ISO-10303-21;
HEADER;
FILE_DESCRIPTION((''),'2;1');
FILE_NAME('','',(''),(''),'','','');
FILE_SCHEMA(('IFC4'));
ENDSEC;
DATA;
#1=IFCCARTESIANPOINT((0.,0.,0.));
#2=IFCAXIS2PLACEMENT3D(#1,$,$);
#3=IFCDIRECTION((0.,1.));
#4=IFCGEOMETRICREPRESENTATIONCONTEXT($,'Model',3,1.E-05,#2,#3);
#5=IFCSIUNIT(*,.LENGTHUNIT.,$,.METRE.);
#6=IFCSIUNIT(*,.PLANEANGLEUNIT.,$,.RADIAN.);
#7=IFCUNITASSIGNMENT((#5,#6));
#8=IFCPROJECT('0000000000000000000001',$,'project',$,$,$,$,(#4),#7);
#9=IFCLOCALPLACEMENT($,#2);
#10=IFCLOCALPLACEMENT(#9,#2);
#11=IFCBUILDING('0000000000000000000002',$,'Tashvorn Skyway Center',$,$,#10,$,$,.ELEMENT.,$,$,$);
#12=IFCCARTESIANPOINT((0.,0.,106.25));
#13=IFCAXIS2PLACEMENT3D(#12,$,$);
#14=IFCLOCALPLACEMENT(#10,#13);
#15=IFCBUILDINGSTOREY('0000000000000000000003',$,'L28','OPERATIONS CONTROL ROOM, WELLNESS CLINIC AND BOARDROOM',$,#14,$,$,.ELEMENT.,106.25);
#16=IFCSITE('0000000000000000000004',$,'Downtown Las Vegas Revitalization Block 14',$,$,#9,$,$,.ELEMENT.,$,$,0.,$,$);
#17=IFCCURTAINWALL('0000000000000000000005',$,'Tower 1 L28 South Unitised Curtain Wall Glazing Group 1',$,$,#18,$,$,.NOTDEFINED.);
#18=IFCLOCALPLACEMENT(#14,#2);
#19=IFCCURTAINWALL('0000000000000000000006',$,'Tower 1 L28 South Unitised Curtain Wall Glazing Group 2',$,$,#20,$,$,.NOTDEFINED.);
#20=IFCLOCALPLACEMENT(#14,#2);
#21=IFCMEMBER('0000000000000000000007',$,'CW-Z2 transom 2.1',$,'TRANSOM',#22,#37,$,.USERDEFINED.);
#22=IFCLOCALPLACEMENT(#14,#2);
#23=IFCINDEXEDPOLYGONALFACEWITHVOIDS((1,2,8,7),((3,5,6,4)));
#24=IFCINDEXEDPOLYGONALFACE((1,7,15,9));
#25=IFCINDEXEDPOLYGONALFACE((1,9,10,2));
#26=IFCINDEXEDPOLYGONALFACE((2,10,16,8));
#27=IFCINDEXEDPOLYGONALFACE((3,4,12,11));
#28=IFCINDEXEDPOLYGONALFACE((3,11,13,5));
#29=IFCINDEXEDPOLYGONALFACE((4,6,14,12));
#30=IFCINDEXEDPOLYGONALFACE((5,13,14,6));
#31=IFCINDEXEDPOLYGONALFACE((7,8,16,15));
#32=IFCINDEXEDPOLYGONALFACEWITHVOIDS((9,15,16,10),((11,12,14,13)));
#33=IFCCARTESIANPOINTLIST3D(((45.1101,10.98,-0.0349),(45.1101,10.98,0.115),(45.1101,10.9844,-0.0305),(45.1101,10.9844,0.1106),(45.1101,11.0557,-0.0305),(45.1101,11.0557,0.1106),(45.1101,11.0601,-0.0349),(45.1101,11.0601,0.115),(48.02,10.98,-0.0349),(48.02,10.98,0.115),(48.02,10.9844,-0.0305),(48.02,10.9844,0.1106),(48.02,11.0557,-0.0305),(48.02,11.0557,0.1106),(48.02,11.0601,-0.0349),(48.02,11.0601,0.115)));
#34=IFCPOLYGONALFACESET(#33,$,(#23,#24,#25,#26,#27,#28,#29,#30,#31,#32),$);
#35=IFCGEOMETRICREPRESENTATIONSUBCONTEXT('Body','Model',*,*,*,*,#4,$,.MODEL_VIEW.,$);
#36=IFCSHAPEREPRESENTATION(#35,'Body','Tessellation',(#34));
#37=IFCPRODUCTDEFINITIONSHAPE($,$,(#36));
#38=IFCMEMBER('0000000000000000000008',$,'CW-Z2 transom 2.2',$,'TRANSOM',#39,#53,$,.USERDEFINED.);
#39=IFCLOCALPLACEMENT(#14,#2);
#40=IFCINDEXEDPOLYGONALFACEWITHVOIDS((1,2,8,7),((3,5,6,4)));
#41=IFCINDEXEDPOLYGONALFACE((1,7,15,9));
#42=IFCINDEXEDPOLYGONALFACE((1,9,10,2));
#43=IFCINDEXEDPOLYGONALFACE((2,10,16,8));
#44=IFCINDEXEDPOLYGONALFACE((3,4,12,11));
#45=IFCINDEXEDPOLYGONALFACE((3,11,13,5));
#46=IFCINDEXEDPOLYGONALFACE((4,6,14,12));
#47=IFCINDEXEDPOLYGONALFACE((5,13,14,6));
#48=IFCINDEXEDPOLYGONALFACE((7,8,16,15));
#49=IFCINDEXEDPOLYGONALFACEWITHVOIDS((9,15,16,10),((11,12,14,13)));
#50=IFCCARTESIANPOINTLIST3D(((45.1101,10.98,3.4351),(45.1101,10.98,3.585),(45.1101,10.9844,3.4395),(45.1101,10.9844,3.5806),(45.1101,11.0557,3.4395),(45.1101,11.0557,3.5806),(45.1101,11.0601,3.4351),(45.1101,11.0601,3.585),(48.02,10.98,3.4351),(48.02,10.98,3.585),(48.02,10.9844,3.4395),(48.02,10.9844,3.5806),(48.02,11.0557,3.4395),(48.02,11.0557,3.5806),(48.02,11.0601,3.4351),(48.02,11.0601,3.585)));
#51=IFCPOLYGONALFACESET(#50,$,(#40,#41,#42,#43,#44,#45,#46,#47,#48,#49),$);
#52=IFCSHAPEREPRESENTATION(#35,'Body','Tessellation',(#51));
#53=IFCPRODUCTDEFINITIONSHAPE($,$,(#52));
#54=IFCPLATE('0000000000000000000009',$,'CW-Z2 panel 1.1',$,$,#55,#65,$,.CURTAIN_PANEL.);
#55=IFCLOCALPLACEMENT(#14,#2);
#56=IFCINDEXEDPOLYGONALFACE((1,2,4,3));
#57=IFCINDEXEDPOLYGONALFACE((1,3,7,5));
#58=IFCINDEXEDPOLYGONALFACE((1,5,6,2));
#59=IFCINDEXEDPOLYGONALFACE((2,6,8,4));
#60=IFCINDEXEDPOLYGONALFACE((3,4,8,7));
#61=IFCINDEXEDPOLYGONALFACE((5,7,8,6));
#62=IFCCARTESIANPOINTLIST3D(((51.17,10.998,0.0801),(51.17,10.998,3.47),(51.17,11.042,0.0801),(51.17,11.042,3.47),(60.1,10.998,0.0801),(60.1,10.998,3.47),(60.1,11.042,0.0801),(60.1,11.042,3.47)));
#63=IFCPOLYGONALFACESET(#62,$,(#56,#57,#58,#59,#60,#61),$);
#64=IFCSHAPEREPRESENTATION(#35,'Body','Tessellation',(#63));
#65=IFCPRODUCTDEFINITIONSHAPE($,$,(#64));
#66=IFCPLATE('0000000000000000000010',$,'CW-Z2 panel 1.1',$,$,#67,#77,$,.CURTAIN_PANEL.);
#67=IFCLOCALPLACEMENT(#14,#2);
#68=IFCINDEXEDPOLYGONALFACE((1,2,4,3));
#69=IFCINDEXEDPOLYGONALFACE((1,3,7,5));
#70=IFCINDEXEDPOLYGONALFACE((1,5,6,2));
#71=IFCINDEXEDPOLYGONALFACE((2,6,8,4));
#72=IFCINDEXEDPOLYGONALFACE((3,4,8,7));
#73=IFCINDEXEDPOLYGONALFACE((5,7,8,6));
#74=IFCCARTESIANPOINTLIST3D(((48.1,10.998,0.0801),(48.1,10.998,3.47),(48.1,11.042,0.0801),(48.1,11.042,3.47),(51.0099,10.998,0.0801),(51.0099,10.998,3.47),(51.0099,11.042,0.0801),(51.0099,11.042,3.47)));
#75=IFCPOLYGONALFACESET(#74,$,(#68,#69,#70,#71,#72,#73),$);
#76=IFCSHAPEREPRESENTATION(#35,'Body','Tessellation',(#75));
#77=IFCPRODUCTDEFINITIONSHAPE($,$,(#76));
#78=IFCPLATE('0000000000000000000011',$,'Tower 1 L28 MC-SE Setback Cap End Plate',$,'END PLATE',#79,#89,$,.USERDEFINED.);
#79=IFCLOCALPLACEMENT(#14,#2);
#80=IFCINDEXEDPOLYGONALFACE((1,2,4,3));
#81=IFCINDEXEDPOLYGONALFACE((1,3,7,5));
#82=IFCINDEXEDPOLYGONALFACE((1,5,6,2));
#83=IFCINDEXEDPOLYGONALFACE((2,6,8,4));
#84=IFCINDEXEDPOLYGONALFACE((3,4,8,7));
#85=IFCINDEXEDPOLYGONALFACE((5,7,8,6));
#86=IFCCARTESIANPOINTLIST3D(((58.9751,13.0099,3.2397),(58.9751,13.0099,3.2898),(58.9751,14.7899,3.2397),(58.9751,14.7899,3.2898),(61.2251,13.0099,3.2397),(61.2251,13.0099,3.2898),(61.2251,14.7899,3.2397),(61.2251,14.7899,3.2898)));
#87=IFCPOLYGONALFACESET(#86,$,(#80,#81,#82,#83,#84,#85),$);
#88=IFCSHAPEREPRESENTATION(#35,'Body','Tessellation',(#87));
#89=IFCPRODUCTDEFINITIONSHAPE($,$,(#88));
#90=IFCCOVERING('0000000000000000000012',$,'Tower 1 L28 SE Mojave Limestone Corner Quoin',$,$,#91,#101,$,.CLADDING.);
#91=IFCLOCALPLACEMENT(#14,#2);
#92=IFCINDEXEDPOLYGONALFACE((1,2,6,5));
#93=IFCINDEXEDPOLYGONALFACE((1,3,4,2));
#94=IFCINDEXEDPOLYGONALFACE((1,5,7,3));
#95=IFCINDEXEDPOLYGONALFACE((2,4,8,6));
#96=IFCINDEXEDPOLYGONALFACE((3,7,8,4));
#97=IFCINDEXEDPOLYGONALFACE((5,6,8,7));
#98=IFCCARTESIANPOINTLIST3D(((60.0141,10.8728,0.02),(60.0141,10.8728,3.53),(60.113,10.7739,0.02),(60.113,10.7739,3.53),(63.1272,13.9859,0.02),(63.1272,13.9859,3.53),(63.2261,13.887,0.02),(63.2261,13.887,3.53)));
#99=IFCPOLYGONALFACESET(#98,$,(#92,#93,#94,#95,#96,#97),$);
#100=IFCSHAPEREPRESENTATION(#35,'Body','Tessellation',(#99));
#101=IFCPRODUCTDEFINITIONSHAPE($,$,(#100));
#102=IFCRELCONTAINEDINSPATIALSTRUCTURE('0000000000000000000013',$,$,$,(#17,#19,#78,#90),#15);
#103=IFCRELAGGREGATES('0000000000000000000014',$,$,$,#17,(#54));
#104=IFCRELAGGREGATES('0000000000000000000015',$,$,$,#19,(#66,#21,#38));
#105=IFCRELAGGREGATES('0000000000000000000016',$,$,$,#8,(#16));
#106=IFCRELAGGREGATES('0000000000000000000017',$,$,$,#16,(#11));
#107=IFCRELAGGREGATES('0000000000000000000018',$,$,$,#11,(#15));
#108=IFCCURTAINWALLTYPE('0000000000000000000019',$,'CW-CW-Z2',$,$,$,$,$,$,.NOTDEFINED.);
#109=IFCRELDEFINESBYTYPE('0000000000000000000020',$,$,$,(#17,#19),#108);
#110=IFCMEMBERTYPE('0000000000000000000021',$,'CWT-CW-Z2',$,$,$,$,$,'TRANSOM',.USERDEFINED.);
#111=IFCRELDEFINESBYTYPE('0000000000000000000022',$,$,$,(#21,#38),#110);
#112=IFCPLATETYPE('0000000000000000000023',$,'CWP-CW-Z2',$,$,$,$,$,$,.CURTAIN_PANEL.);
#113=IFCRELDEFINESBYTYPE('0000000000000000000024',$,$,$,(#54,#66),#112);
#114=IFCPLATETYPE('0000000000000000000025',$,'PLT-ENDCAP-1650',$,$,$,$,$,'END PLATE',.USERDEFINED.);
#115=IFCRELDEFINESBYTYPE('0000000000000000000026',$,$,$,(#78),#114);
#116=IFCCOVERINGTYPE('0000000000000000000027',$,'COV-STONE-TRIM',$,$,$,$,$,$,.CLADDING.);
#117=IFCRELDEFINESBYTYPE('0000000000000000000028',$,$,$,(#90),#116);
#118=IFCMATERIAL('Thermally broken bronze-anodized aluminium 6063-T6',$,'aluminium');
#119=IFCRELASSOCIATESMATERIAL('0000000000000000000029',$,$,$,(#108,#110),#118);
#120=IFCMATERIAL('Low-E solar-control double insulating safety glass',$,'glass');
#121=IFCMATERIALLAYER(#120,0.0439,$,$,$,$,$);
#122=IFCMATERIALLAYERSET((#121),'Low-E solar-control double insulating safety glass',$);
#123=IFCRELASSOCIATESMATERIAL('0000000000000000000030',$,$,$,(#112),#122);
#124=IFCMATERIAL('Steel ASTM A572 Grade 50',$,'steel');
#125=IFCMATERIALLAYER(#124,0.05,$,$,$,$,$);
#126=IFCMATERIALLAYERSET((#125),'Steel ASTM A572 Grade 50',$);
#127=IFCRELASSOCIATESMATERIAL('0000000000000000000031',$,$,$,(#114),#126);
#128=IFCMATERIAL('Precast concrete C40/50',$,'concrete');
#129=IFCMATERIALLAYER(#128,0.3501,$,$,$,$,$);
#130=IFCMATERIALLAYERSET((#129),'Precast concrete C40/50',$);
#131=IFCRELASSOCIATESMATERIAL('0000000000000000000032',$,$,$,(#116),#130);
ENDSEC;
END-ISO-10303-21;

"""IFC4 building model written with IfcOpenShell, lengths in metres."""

from ifc_helpers import new_model, si_unit, direction, frame, origin, origin_2d, place, context, subcontext, project, spatial, rectangle, hollow_rectangle, extrude, material, layer, layer_set, material_profile, profile_set, type_object, element, aggregate, save


model = new_model("IFC4")

# Units and contexts
model_context = context("Model", 3, precision=1e-05, world=origin(), true_north=direction((0.0, 1.0)))
body_context = subcontext(model_context, "Body", "Model", "MODEL_VIEW")
ifc_project = project(units=[si_unit("LENGTHUNIT", "METRE"), si_unit("PLANEANGLEUNIT", "RADIAN")], contexts=[model_context])

# Site, building, storey
site_placement = place(None, origin())
site = spatial("IfcSite", under=ifc_project, at=site_placement, Name="Downtown Las Vegas Revitalization Block 14", CompositionType="ELEMENT", RefElevation=0.0)
building_placement = place(site_placement, origin())
building = spatial("IfcBuilding", under=site, at=building_placement, Name="Tashvorn Skyway Center", CompositionType="ELEMENT")
storey_placement = place(building_placement, frame((0.0, 0.0, 106.25)))
storey = spatial("IfcBuildingStorey", under=building, at=storey_placement, Name="L28", Description="OPERATIONS CONTROL ROOM, WELLNESS CLINIC AND BOARDROOM", CompositionType="ELEMENT", Elevation=106.25)

# Shared definitions
ifc_material_1 = material(Name="Steel ASTM A572 Grade 50", Category="steel")

# Curtain walls
ifc_material_2 = material(Name="Thermally broken bronze-anodized aluminium 6063-T6", Category="aluminium")
curtain_wall_type = type_object("IfcCurtainWallType", Name="CW-CW-Z2", PredefinedType="NOTDEFINED", material=ifc_material_2)
curtain_wall_1_placement = place(storey_placement, origin())
curtain_wall_1 = element("IfcCurtainWall", 1, at=curtain_wall_1_placement, inside=storey, type_object=curtain_wall_type, Name="Tower 1 L28 South Unitised Curtain Wall Glazing Group 1", PredefinedType="NOTDEFINED")
curtain_wall_2_placement = place(storey_placement, origin())
curtain_wall_2 = element("IfcCurtainWall", 2, at=curtain_wall_2_placement, inside=storey, type_object=curtain_wall_type, Name="Tower 1 L28 South Unitised Curtain Wall Glazing Group 2", PredefinedType="NOTDEFINED")

# Members
ifc_material_profile_1 = material_profile(ifc_material_2, hollow_rectangle(XDim=0.0801, YDim=0.1499, WallThickness=0.0044, at=origin_2d()), Name="ALU-TRAN-80x150")
ifc_profile_set_1 = profile_set([ifc_material_profile_1], Name="Thermally broken bronze-anodized aluminium 6063-T6")
member_type_1 = type_object("IfcMemberType", Name="CWT-CW-Z2", ElementType="TRANSOM", PredefinedType="USERDEFINED", material=ifc_profile_set_1)
member_1_placement = place(storey_placement, frame((48.02, 11.02, 0.04), z_axis=(-1.0, 0.0, 0.0), x_axis=(0.0, -1.0, 0.0)))
member_1 = element("IfcMember", 3, at=member_1_placement, type_object=member_type_1, Name="CW-Z2 transom 2.1", ObjectType="TRANSOM", PredefinedType="USERDEFINED", context=body_context, shape_type="SweptSolid", body=[
    extrude(hollow_rectangle(XDim=0.0801, YDim=0.1499, WallThickness=0.0044, at=origin_2d()), origin(), (0.0, 0.0, 1.0), 2.9099),
])
member_2_placement = place(storey_placement, frame((48.02, 11.02, 3.51), z_axis=(-1.0, 0.0, 0.0), x_axis=(0.0, -1.0, 0.0)))
member_2 = element("IfcMember", 4, at=member_2_placement, type_object=member_type_1, Name="CW-Z2 transom 2.2", ObjectType="TRANSOM", PredefinedType="USERDEFINED", context=body_context, shape_type="SweptSolid", body=[
    extrude(hollow_rectangle(XDim=0.0801, YDim=0.1499, WallThickness=0.0044, at=origin_2d()), origin(), (0.0, 0.0, 1.0), 2.9099),
])

# Plates
ifc_material_3 = material(Name="Low-E solar-control double insulating safety glass", Category="glass")
ifc_layer_1 = layer(ifc_material_3, 0.0439)
ifc_layer_set_1 = layer_set([ifc_layer_1], Name="Low-E solar-control double insulating safety glass")
plate_type_1 = type_object("IfcPlateType", Name="CWP-CW-Z2", PredefinedType="CURTAIN_PANEL", material=ifc_layer_set_1)
plate_1_placement = place(storey_placement, frame((55.635, 11.02, 0.0801), z_axis=(0.0, 0.0, 1.0), x_axis=(-1.0, 0.0, 0.0)))
plate_1 = element("IfcPlate", 5, at=plate_1_placement, type_object=plate_type_1, Name="CW-Z2 panel 1.1", PredefinedType="CURTAIN_PANEL", context=body_context, shape_type="SweptSolid", body=[
    extrude(rectangle(XDim=8.9299, YDim=0.0439, at=origin_2d()), origin(), (0.0, 0.0, 1.0), 3.3899),
])
aggregate(curtain_wall_1, [plate_1])
plate_2_placement = place(storey_placement, frame((49.5549, 11.02, 0.0801), z_axis=(0.0, 0.0, 1.0), x_axis=(-1.0, 0.0, 0.0)))
plate_2 = element("IfcPlate", 6, at=plate_2_placement, type_object=plate_type_1, Name="CW-Z2 panel 1.1", PredefinedType="CURTAIN_PANEL", context=body_context, shape_type="SweptSolid", body=[
    extrude(rectangle(XDim=2.9099, YDim=0.0439, at=origin_2d()), origin(), (0.0, 0.0, 1.0), 3.3899),
])
aggregate(curtain_wall_2, [plate_2, member_1, member_2])
ifc_layer_2 = layer(ifc_material_1, 0.05)
ifc_layer_set_2 = layer_set([ifc_layer_2], Name="Steel ASTM A572 Grade 50")
plate_type_2 = type_object("IfcPlateType", Name="PLT-ENDCAP-1650", ElementType="END PLATE", PredefinedType="USERDEFINED", material=ifc_layer_set_2)
plate_3_placement = place(storey_placement, frame((60.1001, 13.8999, 3.2397), z_axis=(0.0, 0.0, 1.0), x_axis=(1.0, 0.0, 0.0)))
element("IfcPlate", 7, at=plate_3_placement, inside=storey, type_object=plate_type_2, Name="Tower 1 L28 MC-SE Setback Cap End Plate", ObjectType="END PLATE", PredefinedType="USERDEFINED", context=body_context, shape_type="SweptSolid", body=[
    extrude(rectangle(XDim=2.25, YDim=1.78, at=origin_2d()), origin(), (0.0, 0.0, 1.0), 0.05),
])

# Covering
ifc_material_4 = material(Name="Precast concrete C40/50", Category="concrete")
ifc_layer_3 = layer(ifc_material_4, 0.3501)
ifc_layer_set_3 = layer_set([ifc_layer_3], Name="Precast concrete C40/50")
covering_type = type_object("IfcCoveringType", Name="COV-STONE-TRIM", PredefinedType="CLADDING", material=ifc_layer_set_3)
covering_placement = place(storey_placement, frame((61.6201, 12.3799, 0.02), z_axis=(0.0, 0.0, 1.0), x_axis=(0.707107, 0.707107, 0.0)))
element("IfcCovering", 8, at=covering_placement, inside=storey, type_object=covering_type, Name="Tower 1 L28 SE Mojave Limestone Corner Quoin", PredefinedType="CLADDING", context=body_context, shape_type="SweptSolid", body=[
    extrude(rectangle(XDim=4.4026, YDim=0.1399, at=origin_2d()), origin(), (0.0, 0.0, 1.0), 3.51),
])

save(model, "model.ifc")
